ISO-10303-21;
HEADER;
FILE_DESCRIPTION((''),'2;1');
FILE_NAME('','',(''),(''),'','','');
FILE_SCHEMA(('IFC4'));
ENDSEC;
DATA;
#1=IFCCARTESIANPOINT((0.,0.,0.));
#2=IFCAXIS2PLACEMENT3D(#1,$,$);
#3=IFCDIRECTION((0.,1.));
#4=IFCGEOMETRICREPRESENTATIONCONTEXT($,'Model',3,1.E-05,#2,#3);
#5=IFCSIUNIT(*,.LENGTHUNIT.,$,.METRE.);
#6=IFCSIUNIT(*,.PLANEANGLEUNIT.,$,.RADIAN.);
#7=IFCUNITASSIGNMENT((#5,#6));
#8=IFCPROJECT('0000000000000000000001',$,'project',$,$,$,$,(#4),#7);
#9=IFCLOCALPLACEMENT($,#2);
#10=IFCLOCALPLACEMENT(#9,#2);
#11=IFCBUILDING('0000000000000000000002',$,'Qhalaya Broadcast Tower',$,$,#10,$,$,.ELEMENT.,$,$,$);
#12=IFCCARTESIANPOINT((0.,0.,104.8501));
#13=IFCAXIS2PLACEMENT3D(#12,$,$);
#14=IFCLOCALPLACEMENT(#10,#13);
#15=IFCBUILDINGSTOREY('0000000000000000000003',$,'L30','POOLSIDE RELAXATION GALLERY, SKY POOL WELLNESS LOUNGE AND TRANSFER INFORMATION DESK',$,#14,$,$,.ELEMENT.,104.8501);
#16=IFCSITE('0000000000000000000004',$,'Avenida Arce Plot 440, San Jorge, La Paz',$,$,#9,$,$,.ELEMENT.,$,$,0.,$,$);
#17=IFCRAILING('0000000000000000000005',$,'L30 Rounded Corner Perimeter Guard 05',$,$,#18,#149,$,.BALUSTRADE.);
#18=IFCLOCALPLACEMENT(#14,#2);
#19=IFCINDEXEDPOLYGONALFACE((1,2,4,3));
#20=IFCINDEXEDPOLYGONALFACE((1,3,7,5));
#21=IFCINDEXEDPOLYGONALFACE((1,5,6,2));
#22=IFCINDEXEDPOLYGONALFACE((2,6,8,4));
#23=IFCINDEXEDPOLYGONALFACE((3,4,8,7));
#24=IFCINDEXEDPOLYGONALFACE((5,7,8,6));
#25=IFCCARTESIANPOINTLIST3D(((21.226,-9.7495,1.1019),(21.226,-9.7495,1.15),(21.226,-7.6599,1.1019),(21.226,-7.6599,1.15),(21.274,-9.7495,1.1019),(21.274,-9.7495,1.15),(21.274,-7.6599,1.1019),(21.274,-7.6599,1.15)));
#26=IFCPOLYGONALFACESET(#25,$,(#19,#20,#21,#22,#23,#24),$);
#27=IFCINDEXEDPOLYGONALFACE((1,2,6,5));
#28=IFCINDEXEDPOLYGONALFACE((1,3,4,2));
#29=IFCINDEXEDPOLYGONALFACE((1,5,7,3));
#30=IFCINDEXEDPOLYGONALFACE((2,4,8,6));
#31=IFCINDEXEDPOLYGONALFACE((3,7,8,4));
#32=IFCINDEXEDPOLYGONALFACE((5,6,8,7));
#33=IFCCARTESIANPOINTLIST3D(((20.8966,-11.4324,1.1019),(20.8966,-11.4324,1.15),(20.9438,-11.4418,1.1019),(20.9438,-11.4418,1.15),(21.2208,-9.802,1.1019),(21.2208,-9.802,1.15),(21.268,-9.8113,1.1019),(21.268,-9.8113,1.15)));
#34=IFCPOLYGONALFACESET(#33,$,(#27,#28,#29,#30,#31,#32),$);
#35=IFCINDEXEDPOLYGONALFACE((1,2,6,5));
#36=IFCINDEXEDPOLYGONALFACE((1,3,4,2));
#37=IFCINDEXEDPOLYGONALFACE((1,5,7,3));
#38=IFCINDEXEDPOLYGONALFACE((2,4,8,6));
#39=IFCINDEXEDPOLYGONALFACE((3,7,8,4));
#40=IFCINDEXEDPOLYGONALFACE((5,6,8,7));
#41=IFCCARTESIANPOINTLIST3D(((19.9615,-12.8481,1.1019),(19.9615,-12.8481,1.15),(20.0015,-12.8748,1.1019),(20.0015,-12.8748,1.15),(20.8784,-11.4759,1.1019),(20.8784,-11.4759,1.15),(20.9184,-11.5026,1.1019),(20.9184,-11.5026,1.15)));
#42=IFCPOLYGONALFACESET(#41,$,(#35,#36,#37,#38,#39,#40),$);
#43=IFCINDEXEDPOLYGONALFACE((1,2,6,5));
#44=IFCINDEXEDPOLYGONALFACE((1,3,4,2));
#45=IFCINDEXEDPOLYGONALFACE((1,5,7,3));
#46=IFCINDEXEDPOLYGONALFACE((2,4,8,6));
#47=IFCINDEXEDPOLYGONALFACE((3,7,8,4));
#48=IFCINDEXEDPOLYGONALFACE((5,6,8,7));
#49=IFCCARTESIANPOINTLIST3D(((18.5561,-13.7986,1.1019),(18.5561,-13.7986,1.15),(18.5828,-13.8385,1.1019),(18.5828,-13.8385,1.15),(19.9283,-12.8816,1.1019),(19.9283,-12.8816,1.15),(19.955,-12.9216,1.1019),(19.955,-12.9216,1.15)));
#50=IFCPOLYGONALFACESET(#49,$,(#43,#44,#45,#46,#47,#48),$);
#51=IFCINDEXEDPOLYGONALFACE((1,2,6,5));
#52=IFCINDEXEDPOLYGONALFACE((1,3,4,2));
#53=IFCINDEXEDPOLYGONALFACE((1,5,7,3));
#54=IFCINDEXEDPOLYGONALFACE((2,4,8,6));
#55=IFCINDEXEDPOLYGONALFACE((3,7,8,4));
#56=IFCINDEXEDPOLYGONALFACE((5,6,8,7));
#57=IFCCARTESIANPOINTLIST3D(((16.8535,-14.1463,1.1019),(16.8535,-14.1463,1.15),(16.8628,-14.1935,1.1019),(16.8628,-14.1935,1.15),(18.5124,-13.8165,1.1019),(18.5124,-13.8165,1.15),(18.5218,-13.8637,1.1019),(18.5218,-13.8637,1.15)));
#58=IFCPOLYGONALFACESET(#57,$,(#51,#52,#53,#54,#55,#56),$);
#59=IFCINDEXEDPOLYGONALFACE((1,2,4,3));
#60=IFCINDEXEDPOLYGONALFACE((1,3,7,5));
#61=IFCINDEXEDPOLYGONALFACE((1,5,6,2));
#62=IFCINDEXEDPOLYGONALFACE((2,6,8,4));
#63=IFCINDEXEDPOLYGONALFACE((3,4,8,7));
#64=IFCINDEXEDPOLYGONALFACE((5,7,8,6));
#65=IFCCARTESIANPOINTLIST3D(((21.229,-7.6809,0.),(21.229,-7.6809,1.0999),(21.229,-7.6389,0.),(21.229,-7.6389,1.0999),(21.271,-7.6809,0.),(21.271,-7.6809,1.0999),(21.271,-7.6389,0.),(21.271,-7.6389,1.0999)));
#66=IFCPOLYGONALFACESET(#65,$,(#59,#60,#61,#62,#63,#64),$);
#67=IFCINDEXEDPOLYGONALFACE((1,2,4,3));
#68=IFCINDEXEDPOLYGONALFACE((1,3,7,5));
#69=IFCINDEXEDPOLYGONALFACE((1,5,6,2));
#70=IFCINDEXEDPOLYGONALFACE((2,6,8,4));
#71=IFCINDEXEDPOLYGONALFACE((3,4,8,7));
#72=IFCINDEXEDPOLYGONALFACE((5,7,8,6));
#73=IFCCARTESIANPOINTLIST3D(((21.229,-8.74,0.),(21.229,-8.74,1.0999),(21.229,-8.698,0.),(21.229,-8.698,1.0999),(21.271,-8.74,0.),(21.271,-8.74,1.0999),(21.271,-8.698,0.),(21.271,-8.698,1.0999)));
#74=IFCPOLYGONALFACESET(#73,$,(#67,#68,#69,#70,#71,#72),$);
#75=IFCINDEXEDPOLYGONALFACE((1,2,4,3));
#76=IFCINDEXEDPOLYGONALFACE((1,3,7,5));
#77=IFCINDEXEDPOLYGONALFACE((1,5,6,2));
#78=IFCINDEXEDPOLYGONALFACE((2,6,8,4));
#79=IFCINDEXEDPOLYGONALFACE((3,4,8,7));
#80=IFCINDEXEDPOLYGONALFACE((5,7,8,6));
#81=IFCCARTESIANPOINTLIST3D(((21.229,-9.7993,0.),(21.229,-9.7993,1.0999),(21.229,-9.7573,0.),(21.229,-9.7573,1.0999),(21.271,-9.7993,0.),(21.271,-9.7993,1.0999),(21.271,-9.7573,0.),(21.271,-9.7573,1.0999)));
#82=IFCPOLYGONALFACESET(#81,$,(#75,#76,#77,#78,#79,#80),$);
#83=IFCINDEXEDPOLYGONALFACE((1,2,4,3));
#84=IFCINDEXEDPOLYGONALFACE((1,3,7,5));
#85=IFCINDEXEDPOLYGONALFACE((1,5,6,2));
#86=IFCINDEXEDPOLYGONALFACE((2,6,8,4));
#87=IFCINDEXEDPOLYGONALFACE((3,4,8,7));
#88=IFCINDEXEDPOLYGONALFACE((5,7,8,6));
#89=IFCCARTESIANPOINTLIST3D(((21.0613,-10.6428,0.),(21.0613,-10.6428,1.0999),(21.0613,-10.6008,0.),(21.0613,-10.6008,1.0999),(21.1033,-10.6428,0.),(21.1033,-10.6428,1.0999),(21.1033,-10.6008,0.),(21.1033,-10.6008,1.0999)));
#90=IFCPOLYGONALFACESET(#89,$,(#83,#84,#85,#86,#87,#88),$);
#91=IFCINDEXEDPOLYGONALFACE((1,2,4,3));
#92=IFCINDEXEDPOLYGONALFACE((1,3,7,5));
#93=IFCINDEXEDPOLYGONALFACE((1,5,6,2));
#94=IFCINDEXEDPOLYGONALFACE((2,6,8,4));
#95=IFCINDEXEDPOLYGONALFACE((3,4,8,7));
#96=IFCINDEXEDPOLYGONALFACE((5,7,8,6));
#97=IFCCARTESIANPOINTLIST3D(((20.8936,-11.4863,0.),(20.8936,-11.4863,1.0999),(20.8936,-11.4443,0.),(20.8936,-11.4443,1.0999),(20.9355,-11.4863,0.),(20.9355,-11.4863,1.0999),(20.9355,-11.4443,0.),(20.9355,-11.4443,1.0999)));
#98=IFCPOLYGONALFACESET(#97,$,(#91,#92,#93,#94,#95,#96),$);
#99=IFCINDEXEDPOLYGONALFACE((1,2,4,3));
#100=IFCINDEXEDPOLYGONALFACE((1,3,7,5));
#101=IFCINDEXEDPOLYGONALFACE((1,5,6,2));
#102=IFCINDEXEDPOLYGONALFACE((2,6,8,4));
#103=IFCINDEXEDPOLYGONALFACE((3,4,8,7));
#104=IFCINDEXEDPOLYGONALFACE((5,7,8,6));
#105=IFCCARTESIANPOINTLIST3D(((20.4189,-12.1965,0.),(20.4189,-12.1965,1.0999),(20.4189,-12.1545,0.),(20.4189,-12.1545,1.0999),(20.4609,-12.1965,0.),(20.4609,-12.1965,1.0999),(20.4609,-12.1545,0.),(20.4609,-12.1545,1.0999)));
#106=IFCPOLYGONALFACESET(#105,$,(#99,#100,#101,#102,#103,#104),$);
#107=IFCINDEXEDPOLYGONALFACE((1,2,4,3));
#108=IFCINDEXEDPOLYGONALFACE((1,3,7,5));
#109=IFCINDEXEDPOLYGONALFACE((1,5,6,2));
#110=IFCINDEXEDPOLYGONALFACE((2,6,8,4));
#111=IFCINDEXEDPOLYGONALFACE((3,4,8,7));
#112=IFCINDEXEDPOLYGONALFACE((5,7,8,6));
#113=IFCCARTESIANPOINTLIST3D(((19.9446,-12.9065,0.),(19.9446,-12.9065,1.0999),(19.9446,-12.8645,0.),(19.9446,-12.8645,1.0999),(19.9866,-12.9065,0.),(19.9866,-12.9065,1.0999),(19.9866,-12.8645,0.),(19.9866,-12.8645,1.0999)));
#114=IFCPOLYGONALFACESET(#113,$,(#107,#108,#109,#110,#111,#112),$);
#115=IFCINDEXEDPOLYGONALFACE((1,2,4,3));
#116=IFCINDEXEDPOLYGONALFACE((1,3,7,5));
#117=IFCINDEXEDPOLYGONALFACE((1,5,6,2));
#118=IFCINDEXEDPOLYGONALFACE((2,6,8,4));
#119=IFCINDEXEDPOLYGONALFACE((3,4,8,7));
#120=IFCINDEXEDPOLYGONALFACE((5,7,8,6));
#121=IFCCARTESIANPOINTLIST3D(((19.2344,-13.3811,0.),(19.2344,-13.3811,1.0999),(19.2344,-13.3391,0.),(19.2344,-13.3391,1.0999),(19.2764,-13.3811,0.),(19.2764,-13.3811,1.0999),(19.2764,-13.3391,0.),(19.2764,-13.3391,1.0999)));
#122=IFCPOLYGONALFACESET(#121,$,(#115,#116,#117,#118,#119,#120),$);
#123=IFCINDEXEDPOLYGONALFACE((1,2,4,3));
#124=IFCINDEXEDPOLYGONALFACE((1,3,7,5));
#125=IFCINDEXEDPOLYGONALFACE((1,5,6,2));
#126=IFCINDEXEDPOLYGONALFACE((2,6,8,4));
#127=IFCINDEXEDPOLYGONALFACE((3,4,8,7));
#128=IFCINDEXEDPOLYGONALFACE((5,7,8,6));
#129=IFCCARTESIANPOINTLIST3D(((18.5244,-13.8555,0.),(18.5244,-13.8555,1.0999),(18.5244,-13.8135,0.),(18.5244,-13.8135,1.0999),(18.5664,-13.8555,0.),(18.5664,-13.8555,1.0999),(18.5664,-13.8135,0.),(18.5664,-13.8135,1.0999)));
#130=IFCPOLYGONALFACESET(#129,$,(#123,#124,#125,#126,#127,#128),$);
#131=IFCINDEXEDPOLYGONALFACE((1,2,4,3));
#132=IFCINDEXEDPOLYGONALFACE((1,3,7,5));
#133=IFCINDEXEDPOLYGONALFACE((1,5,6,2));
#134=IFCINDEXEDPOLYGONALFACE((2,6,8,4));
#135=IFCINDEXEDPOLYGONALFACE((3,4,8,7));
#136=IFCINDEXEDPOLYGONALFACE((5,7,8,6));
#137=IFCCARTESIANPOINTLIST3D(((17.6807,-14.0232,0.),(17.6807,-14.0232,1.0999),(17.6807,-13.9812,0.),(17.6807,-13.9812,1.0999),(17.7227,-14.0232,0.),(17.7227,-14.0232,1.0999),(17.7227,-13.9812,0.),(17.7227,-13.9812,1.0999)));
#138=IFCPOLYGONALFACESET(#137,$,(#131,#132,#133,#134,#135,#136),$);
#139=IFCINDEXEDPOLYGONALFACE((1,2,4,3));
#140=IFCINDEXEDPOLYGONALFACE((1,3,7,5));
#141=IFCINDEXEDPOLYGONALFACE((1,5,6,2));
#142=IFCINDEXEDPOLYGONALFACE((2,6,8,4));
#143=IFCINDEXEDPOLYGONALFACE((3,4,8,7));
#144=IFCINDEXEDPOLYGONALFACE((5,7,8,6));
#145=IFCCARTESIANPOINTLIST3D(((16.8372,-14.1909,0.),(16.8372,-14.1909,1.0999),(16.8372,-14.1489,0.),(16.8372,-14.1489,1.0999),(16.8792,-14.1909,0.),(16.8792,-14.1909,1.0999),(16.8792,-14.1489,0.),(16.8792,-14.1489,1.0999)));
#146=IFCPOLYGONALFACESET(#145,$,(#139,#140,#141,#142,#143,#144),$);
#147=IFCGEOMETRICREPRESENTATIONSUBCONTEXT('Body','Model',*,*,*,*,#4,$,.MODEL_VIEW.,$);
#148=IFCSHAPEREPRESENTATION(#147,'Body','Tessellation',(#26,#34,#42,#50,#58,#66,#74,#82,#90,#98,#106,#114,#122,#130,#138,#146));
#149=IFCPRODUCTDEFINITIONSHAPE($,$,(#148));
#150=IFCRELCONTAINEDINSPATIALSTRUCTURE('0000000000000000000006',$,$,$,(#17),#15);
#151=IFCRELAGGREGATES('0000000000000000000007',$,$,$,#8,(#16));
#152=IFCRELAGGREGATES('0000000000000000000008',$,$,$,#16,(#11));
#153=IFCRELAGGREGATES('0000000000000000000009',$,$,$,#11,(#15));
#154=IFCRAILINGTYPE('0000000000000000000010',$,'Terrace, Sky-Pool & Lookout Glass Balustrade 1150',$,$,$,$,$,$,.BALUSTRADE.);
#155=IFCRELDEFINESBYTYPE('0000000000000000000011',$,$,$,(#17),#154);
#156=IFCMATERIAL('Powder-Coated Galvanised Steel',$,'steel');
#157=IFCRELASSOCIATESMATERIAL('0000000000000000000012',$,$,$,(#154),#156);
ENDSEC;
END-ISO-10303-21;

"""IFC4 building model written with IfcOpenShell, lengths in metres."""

from ifc_helpers import new_model, si_unit, direction, frame, origin, origin_2d, place, context, subcontext, project, spatial, rectangle, extrude, material, type_object, element, save


model = new_model("IFC4")

# Units and contexts
model_context = context("Model", 3, precision=1e-05, world=origin(), true_north=direction((0.0, 1.0)))
body_context = subcontext(model_context, "Body", "Model", "MODEL_VIEW")
ifc_project = project(units=[si_unit("LENGTHUNIT", "METRE"), si_unit("PLANEANGLEUNIT", "RADIAN")], contexts=[model_context])

# Site, building, storey
site_placement = place(None, origin())
site = spatial("IfcSite", under=ifc_project, at=site_placement, Name="Avenida Arce Plot 440, San Jorge, La Paz", CompositionType="ELEMENT", RefElevation=0.0)
building_placement = place(site_placement, origin())
building = spatial("IfcBuilding", under=site, at=building_placement, Name="Qhalaya Broadcast Tower", CompositionType="ELEMENT")
storey_placement = place(building_placement, frame((0.0, 0.0, 104.8501)))
storey = spatial("IfcBuildingStorey", under=building, at=storey_placement, Name="L30", Description="POOLSIDE RELAXATION GALLERY, SKY POOL WELLNESS LOUNGE AND TRANSFER INFORMATION DESK", CompositionType="ELEMENT", Elevation=104.8501)

# Railing
ifc_material_1 = material(Name="Powder-Coated Galvanised Steel", Category="steel")
railing_type = type_object("IfcRailingType", Name="Terrace, Sky-Pool & Lookout Glass Balustrade 1150", PredefinedType="BALUSTRADE", material=ifc_material_1)
railing_placement = place(storey_placement, frame((21.25, -7.6599, 0.0)))
element("IfcRailing", 1, at=railing_placement, inside=storey, type_object=railing_type, Name="L30 Rounded Corner Perimeter Guard 05", PredefinedType="BALUSTRADE", context=body_context, shape_type="SweptSolid", body=[
    extrude(rectangle(XDim=0.0481, YDim=0.0481, at=origin_2d()), frame((0.0, 0.0, 1.126), z_axis=(0.0, -1.0, 0.0), x_axis=(1.0, 0.0, 0.0)), (0.0, 0.0, 1.0), 2.0896),
    extrude(rectangle(XDim=0.0481, YDim=0.0481, at=origin_2d()), frame((-0.0056, -2.1467, 1.126), z_axis=(-0.195024, -0.980798, 0.0), x_axis=(0.980798, -0.195024, 0.0)), (0.0, 0.0, 1.0), 1.6624),
    extrude(rectangle(XDim=0.0481, YDim=0.0481, at=origin_2d()), frame((-0.3516, -3.8293, 1.126), z_axis=(-0.55559, -0.831456, 0.0), x_axis=(0.831456, -0.55559, 0.0)), (0.0, 0.0, 1.0), 1.6504),
    extrude(rectangle(XDim=0.0481, YDim=0.0481, at=origin_2d()), frame((-1.3083, -5.2417, 1.126), z_axis=(-0.831456, -0.55559, 0.0), x_axis=(0.55559, -0.831456, 0.0)), (0.0, 0.0, 1.0), 1.6504),
    extrude(rectangle(XDim=0.0481, YDim=0.0481, at=origin_2d()), frame((-2.7329, -6.1802, 1.126), z_axis=(-0.980804, -0.194997, 0.0), x_axis=(0.194997, -0.980804, 0.0)), (0.0, 0.0, 1.0), 1.6914),
    extrude(rectangle(XDim=0.042, YDim=0.042, at=origin_2d()), origin(), (0.0, 0.0, 1.0), 1.0999),
    extrude(rectangle(XDim=0.042, YDim=0.042, at=origin_2d()), frame((0.0, -1.0591, 0.0)), (0.0, 0.0, 1.0), 1.0999),
    extrude(rectangle(XDim=0.042, YDim=0.042, at=origin_2d()), frame((0.0, -2.1184, 0.0)), (0.0, 0.0, 1.0), 1.0999),
    extrude(rectangle(XDim=0.042, YDim=0.042, at=origin_2d()), frame((-0.1677, -2.9619, 0.0)), (0.0, 0.0, 1.0), 1.0999),
    extrude(rectangle(XDim=0.042, YDim=0.042, at=origin_2d()), frame((-0.3354, -3.8054, 0.0)), (0.0, 0.0, 1.0), 1.0999),
    extrude(rectangle(XDim=0.042, YDim=0.042, at=origin_2d()), frame((-0.8101, -4.5156, 0.0)), (0.0, 0.0, 1.0), 1.0999),
    extrude(rectangle(XDim=0.042, YDim=0.042, at=origin_2d()), frame((-1.2844, -5.2256, 0.0)), (0.0, 0.0, 1.0), 1.0999),
    extrude(rectangle(XDim=0.042, YDim=0.042, at=origin_2d()), frame((-1.9946, -5.7002, 0.0)), (0.0, 0.0, 1.0), 1.0999),
    extrude(rectangle(XDim=0.042, YDim=0.042, at=origin_2d()), frame((-2.7046, -6.1746, 0.0)), (0.0, 0.0, 1.0), 1.0999),
    extrude(rectangle(XDim=0.042, YDim=0.042, at=origin_2d()), frame((-3.5483, -6.3423, 0.0)), (0.0, 0.0, 1.0), 1.0999),
    extrude(rectangle(XDim=0.042, YDim=0.042, at=origin_2d()), frame((-4.3918, -6.51, 0.0)), (0.0, 0.0, 1.0), 1.0999),
])

save(model, "model.ifc")
